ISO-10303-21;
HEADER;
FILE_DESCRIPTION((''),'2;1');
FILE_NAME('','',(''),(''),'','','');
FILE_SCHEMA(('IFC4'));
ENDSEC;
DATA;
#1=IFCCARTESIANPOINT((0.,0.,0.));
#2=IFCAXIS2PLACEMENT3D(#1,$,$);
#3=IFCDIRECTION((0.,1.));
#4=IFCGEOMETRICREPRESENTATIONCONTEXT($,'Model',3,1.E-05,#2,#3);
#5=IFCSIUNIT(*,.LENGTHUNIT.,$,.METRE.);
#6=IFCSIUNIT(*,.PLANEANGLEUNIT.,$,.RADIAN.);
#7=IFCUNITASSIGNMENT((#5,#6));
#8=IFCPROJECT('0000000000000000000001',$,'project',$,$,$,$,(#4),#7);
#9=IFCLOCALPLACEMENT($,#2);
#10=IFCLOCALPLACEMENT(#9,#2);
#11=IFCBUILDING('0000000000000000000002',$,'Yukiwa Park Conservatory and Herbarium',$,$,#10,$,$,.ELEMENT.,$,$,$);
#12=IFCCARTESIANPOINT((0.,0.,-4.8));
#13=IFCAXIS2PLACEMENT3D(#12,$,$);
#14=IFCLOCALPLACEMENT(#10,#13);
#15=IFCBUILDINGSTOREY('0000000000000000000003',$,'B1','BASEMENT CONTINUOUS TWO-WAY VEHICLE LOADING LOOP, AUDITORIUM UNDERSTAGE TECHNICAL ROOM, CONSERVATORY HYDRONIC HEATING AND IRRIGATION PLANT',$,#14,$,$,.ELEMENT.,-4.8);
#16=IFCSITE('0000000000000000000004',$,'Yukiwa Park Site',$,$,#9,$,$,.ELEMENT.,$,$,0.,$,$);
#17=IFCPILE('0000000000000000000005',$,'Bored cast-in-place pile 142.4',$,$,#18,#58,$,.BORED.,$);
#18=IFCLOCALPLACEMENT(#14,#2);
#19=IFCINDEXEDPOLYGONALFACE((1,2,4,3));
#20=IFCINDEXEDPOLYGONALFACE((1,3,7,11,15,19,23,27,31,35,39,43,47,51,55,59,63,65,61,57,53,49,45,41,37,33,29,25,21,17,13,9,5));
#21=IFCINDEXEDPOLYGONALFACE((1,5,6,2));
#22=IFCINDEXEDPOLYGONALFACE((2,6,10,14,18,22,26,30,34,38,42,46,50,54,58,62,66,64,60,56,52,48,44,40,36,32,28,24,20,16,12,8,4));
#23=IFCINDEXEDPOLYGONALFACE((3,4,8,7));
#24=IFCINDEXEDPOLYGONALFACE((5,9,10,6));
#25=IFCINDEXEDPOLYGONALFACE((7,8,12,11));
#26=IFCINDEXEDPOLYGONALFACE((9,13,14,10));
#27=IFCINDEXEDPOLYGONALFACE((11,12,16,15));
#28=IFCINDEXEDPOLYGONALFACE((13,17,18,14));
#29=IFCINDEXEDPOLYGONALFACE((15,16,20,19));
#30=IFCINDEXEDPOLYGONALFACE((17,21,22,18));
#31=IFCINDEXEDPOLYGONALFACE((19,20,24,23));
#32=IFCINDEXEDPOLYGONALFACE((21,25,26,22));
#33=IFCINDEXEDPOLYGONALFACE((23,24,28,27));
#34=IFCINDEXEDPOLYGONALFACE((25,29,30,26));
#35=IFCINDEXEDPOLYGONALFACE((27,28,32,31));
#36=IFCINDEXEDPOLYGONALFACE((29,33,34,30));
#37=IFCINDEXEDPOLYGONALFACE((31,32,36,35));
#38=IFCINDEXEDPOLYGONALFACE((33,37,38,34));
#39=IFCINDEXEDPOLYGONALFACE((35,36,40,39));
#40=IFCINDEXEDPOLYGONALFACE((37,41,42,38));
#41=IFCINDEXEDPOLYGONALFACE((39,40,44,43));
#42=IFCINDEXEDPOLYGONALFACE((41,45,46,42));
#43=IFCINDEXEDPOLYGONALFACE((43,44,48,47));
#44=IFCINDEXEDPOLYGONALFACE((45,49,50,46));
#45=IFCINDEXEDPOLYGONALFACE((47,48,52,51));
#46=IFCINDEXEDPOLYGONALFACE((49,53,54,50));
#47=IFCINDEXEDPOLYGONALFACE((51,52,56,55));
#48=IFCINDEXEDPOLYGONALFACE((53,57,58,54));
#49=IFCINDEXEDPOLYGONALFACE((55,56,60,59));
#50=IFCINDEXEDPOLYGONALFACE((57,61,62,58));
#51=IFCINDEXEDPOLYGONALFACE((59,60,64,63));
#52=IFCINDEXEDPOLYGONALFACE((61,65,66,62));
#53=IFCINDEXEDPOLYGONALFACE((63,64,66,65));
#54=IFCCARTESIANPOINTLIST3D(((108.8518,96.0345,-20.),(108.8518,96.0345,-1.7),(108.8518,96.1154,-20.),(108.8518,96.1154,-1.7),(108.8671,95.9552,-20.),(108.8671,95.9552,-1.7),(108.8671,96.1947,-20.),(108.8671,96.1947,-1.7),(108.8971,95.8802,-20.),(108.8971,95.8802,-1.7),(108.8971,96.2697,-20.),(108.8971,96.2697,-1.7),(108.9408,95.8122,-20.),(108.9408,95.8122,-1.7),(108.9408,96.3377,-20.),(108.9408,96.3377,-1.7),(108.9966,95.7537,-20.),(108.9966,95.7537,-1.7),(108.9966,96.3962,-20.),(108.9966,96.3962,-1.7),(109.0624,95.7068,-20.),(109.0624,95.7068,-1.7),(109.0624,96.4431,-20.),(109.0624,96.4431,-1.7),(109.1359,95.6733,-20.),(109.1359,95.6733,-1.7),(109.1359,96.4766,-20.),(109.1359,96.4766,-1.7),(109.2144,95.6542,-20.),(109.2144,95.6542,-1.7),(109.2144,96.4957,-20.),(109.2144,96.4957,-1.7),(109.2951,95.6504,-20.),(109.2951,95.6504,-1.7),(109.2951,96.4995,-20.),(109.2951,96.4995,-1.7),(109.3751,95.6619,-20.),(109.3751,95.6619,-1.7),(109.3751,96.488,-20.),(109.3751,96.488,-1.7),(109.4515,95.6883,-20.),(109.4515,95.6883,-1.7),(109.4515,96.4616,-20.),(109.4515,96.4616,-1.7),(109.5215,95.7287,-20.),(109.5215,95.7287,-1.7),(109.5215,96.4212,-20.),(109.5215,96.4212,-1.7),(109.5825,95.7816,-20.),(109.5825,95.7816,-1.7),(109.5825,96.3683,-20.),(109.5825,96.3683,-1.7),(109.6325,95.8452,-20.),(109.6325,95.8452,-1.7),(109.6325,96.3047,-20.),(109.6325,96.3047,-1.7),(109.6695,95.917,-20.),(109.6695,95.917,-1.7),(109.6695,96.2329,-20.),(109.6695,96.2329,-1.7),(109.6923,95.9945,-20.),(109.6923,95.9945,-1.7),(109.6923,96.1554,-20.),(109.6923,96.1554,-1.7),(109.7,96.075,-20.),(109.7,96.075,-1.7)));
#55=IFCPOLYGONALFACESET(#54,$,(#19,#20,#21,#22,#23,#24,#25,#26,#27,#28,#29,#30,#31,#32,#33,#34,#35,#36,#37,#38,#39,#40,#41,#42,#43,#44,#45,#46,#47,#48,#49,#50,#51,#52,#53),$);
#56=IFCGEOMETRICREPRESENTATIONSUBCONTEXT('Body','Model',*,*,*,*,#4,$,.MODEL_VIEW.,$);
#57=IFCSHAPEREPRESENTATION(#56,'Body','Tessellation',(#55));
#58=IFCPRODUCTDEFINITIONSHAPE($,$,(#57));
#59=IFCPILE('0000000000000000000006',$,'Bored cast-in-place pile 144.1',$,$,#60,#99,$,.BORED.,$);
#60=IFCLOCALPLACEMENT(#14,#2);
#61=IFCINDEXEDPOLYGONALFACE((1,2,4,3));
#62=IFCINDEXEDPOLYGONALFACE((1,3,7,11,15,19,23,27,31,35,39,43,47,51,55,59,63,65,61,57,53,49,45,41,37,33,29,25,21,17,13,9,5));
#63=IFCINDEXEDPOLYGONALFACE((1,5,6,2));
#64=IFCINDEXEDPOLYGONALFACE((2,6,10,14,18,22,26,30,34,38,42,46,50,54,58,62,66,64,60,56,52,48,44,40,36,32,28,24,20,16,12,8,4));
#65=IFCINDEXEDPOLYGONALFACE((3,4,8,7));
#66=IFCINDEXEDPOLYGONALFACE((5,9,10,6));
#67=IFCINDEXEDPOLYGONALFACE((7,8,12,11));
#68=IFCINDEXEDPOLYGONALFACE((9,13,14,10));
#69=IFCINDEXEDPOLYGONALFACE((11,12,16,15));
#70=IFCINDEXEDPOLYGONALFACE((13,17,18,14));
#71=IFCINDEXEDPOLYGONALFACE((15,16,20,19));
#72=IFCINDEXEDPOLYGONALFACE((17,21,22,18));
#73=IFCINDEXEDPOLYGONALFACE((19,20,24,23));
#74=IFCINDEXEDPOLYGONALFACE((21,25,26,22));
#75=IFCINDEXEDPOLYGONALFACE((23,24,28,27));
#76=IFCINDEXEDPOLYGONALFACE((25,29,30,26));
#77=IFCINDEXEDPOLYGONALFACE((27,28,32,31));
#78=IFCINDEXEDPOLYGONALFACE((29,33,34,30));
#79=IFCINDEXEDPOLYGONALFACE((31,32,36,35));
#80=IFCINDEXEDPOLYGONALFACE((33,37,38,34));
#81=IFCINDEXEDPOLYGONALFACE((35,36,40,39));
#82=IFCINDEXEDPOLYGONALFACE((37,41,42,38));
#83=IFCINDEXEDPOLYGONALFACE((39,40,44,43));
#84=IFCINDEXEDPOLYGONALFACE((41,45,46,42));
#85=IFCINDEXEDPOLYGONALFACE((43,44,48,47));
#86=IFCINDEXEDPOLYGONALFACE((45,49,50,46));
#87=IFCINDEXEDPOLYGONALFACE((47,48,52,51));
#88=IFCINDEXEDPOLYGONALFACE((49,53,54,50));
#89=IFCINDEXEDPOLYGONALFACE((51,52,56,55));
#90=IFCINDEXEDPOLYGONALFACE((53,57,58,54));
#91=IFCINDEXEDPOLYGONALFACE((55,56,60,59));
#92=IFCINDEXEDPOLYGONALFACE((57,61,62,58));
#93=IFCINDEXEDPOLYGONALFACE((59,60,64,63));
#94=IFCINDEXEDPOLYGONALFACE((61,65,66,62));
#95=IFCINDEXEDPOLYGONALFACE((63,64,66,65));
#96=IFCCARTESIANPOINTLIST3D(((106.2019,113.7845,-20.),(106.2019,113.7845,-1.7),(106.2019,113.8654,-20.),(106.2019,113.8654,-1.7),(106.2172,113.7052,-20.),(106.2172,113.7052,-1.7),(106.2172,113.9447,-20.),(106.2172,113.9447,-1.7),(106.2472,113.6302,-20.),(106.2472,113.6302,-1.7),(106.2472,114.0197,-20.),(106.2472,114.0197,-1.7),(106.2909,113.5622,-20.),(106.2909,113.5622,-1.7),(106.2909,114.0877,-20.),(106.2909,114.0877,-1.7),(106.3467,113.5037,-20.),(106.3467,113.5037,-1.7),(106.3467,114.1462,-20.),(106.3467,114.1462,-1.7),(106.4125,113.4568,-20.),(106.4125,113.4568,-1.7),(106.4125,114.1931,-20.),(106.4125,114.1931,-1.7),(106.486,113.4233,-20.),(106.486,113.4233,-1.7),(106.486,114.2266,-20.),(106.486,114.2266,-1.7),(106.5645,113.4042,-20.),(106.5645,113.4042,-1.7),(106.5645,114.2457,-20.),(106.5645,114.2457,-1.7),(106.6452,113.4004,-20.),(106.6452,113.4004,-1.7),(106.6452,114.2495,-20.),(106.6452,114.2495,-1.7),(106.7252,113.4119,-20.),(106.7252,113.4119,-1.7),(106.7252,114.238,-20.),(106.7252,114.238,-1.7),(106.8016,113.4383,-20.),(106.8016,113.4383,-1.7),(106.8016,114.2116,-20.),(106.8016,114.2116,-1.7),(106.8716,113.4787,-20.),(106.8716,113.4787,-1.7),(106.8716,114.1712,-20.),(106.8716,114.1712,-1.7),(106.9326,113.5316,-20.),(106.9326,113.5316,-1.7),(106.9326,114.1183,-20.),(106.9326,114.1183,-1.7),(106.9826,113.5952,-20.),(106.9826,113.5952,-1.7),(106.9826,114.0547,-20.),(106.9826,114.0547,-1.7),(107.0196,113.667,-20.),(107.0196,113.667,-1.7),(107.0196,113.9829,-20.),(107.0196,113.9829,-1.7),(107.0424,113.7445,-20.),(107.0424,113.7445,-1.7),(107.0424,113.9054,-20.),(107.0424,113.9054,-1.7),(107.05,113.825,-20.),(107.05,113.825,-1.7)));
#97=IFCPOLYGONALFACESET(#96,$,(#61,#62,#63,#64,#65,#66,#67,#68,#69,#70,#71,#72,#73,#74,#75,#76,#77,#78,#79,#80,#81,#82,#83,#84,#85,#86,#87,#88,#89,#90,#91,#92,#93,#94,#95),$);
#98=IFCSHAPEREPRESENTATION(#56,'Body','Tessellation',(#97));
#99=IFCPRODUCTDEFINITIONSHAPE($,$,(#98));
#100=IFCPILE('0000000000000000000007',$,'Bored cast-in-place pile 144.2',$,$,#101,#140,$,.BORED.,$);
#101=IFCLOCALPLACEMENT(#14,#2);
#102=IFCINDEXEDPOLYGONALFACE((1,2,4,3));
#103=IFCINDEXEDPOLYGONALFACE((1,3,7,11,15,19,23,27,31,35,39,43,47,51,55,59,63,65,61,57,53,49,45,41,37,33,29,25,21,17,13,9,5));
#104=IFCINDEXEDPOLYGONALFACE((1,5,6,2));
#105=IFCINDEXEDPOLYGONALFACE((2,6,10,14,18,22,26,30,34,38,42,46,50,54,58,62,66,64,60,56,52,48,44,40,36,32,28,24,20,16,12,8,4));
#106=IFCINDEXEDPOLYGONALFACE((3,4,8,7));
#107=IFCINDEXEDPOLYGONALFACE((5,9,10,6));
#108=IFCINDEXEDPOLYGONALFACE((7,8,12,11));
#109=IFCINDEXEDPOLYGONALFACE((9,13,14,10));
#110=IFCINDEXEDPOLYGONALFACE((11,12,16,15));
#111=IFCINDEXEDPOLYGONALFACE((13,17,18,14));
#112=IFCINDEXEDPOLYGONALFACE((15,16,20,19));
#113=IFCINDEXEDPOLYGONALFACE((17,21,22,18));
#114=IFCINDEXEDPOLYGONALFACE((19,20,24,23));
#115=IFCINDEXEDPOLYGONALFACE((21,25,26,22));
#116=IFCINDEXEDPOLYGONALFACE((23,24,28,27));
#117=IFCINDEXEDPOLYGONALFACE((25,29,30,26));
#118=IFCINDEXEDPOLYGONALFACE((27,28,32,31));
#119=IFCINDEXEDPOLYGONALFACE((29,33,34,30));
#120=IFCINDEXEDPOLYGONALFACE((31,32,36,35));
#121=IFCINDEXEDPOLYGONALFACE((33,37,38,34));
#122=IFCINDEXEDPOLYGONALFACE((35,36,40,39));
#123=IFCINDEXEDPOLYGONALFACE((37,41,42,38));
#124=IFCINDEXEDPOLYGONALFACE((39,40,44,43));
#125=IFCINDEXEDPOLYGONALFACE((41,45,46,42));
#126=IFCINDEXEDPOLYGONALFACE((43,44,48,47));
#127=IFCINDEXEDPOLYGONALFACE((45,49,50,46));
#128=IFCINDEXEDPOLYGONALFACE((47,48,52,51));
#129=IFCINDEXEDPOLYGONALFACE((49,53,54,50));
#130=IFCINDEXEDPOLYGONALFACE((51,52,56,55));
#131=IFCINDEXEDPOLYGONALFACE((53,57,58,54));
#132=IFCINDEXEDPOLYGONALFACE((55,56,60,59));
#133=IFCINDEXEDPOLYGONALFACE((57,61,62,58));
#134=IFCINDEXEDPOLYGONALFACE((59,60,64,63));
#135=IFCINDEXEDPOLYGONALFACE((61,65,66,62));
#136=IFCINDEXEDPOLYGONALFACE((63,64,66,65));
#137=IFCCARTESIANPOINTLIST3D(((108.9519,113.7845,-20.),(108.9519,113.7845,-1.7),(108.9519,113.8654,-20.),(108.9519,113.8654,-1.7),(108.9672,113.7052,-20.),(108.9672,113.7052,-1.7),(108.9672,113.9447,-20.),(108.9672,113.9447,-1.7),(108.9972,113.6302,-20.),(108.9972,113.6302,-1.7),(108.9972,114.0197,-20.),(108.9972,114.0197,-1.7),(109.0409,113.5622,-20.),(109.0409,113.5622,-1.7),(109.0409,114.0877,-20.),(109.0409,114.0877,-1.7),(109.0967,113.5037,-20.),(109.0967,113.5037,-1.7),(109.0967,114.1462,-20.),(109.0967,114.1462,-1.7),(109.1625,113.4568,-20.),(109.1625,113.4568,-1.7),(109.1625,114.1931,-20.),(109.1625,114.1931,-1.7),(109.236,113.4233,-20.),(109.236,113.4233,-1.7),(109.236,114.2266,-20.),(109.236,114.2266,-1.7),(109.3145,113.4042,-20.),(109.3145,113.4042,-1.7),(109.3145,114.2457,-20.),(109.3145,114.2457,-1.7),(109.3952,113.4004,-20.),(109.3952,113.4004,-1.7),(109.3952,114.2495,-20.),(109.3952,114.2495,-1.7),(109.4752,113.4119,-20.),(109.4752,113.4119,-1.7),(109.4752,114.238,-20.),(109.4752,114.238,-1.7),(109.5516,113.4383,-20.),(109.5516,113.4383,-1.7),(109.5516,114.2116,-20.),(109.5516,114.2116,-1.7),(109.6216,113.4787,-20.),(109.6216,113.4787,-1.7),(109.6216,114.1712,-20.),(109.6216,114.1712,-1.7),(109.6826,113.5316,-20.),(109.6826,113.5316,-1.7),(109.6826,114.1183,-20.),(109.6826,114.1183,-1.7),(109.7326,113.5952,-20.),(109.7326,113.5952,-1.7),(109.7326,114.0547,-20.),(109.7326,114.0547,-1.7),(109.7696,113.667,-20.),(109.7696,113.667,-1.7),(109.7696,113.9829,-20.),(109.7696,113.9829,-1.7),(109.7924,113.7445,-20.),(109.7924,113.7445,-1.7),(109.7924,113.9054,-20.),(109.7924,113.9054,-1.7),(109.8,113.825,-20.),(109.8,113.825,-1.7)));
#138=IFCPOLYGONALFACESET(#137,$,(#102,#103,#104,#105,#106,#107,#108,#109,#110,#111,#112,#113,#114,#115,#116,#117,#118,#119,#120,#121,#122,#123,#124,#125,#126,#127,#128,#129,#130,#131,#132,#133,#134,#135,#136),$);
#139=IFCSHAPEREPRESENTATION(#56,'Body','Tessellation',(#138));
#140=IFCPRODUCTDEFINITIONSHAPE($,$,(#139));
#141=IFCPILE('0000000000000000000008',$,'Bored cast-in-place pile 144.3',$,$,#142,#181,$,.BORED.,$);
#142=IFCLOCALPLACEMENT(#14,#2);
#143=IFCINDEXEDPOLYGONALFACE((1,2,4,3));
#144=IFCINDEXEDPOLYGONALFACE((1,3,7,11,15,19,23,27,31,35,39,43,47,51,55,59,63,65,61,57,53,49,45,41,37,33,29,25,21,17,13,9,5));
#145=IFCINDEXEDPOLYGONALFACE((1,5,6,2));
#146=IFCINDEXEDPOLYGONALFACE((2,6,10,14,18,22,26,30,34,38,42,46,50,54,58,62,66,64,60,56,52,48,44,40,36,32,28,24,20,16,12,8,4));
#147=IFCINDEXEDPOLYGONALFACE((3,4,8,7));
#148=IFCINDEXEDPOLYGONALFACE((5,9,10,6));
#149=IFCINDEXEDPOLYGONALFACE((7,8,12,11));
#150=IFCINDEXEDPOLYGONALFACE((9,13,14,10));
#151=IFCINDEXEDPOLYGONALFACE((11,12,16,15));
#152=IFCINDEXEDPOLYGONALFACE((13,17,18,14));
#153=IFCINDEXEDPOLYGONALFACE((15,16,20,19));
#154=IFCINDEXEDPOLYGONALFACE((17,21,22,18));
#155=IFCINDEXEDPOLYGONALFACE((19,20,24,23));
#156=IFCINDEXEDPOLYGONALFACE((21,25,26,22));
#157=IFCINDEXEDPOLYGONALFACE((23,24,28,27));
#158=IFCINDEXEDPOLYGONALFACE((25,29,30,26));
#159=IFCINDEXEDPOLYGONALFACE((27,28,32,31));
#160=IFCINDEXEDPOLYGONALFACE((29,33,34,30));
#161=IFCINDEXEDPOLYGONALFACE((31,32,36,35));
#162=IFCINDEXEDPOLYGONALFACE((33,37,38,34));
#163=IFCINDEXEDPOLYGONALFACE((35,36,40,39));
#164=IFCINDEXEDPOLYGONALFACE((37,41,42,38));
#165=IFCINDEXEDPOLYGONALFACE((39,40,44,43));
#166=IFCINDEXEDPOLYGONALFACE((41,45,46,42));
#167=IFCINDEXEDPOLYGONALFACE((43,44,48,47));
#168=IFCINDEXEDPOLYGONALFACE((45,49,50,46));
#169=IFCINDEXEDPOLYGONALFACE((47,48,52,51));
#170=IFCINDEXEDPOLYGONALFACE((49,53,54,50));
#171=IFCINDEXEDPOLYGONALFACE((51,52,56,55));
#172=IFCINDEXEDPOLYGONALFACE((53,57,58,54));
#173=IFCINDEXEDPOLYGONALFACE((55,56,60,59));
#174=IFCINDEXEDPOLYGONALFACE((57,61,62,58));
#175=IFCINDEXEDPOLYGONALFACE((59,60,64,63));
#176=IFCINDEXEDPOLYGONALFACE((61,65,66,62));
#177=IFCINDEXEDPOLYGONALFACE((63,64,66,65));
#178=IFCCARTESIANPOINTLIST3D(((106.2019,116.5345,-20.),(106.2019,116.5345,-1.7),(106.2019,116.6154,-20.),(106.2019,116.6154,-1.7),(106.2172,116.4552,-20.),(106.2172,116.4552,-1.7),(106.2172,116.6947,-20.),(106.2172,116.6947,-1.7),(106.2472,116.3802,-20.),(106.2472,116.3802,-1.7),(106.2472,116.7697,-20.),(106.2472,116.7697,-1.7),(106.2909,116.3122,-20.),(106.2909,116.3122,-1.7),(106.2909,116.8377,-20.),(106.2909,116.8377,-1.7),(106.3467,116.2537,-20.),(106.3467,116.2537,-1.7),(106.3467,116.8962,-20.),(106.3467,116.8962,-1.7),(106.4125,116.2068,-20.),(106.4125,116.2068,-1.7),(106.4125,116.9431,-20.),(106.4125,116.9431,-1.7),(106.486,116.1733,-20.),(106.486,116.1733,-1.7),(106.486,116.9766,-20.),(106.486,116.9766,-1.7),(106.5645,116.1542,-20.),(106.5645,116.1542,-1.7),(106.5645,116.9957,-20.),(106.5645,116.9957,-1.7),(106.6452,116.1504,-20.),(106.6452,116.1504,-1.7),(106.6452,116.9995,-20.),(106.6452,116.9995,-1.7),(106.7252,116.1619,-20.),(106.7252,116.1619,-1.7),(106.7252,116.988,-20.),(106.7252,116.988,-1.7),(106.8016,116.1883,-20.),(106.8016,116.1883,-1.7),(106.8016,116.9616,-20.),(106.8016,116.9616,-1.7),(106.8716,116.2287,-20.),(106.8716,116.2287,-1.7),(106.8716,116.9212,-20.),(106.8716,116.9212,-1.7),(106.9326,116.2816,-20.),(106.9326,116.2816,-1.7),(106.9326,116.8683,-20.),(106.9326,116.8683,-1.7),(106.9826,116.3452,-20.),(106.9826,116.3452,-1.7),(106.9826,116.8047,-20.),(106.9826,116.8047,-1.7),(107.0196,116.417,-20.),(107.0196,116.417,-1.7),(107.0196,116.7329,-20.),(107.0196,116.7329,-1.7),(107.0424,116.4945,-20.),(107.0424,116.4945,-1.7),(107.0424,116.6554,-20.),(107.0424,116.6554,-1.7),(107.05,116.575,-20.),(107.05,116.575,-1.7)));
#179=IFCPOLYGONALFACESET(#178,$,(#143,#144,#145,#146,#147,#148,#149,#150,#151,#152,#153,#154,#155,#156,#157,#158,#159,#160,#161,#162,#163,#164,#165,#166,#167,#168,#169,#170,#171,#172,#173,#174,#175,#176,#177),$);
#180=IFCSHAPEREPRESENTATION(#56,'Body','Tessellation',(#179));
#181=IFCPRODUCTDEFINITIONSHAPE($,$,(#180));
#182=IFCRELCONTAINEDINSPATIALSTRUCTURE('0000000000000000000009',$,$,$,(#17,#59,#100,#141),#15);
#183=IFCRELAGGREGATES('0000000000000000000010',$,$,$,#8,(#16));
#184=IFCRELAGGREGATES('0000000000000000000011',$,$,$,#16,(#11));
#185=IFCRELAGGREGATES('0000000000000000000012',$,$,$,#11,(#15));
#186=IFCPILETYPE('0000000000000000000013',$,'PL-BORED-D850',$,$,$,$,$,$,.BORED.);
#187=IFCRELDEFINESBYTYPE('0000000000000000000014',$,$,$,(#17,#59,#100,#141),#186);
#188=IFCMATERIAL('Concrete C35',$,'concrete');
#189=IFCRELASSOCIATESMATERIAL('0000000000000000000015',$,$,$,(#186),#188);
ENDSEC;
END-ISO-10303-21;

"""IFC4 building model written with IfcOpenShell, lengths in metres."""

from ifc_helpers import new_model, si_unit, direction, frame, origin, origin_2d, place, context, subcontext, project, spatial, circle, extrude, material, material_profile, profile_set, type_object, element, save


model = new_model("IFC4")

# Units and contexts
model_context = context("Model", 3, precision=1e-05, world=origin(), true_north=direction((0.0, 1.0)))
body_context = subcontext(model_context, "Body", "Model", "MODEL_VIEW")
ifc_project = project(units=[si_unit("LENGTHUNIT", "METRE"), si_unit("PLANEANGLEUNIT", "RADIAN")], contexts=[model_context])

# Site, building, storey
site_placement = place(None, origin())
site = spatial("IfcSite", under=ifc_project, at=site_placement, Name="Yukiwa Park Site", CompositionType="ELEMENT", RefElevation=0.0)
building_placement = place(site_placement, origin())
building = spatial("IfcBuilding", under=site, at=building_placement, Name="Yukiwa Park Conservatory and Herbarium", CompositionType="ELEMENT")
storey_placement = place(building_placement, frame((0.0, 0.0, -4.8)))
storey = spatial("IfcBuildingStorey", under=building, at=storey_placement, Name="B1", Description="BASEMENT CONTINUOUS TWO-WAY VEHICLE LOADING LOOP, AUDITORIUM UNDERSTAGE TECHNICAL ROOM, CONSERVATORY HYDRONIC HEATING AND IRRIGATION PLANT", CompositionType="ELEMENT", Elevation=-4.8)

# Piles
ifc_material_1 = material(Name="Concrete C35", Category="concrete")
ifc_material_profile_1 = material_profile(ifc_material_1, circle(Radius=0.425, at=origin_2d()), Name="PILE D850")
ifc_profile_set_1 = profile_set([ifc_material_profile_1], Name="Concrete C35")
pile_type_1 = type_object("IfcPileType", Name="PL-BORED-D850", PredefinedType="BORED", material=ifc_profile_set_1)
for number, where, z_axis, x_axis, name in (
    (1, (109.2749, 96.075, -1.7), (0.0, 0.0, -1.0), (1.0, 0.0, 0.0), "Bored cast-in-place pile 142.4"),
    (2, (106.625, 113.825, -1.7), (0.0, 0.0, -1.0), (1.0, 0.0, 0.0), "Bored cast-in-place pile 144.1"),
    (3, (109.375, 113.825, -1.7), (0.0, 0.0, -1.0), (1.0, 0.0, 0.0), "Bored cast-in-place pile 144.2"),
    (4, (106.625, 116.575, -1.7), (0.0, 0.0, -1.0), (1.0, 0.0, 0.0), "Bored cast-in-place pile 144.3"),
):
    element("IfcPile", number, at=place(storey_placement, frame(where, z_axis=z_axis, x_axis=x_axis)), inside=storey, type_object=pile_type_1, Name=name, PredefinedType="BORED", context=body_context, shape_type="SweptSolid", body=[
        extrude(circle(Radius=0.425, at=origin_2d()), origin(), (0.0, 0.0, 1.0), 18.3),
    ])

save(model, "model.ifc")
